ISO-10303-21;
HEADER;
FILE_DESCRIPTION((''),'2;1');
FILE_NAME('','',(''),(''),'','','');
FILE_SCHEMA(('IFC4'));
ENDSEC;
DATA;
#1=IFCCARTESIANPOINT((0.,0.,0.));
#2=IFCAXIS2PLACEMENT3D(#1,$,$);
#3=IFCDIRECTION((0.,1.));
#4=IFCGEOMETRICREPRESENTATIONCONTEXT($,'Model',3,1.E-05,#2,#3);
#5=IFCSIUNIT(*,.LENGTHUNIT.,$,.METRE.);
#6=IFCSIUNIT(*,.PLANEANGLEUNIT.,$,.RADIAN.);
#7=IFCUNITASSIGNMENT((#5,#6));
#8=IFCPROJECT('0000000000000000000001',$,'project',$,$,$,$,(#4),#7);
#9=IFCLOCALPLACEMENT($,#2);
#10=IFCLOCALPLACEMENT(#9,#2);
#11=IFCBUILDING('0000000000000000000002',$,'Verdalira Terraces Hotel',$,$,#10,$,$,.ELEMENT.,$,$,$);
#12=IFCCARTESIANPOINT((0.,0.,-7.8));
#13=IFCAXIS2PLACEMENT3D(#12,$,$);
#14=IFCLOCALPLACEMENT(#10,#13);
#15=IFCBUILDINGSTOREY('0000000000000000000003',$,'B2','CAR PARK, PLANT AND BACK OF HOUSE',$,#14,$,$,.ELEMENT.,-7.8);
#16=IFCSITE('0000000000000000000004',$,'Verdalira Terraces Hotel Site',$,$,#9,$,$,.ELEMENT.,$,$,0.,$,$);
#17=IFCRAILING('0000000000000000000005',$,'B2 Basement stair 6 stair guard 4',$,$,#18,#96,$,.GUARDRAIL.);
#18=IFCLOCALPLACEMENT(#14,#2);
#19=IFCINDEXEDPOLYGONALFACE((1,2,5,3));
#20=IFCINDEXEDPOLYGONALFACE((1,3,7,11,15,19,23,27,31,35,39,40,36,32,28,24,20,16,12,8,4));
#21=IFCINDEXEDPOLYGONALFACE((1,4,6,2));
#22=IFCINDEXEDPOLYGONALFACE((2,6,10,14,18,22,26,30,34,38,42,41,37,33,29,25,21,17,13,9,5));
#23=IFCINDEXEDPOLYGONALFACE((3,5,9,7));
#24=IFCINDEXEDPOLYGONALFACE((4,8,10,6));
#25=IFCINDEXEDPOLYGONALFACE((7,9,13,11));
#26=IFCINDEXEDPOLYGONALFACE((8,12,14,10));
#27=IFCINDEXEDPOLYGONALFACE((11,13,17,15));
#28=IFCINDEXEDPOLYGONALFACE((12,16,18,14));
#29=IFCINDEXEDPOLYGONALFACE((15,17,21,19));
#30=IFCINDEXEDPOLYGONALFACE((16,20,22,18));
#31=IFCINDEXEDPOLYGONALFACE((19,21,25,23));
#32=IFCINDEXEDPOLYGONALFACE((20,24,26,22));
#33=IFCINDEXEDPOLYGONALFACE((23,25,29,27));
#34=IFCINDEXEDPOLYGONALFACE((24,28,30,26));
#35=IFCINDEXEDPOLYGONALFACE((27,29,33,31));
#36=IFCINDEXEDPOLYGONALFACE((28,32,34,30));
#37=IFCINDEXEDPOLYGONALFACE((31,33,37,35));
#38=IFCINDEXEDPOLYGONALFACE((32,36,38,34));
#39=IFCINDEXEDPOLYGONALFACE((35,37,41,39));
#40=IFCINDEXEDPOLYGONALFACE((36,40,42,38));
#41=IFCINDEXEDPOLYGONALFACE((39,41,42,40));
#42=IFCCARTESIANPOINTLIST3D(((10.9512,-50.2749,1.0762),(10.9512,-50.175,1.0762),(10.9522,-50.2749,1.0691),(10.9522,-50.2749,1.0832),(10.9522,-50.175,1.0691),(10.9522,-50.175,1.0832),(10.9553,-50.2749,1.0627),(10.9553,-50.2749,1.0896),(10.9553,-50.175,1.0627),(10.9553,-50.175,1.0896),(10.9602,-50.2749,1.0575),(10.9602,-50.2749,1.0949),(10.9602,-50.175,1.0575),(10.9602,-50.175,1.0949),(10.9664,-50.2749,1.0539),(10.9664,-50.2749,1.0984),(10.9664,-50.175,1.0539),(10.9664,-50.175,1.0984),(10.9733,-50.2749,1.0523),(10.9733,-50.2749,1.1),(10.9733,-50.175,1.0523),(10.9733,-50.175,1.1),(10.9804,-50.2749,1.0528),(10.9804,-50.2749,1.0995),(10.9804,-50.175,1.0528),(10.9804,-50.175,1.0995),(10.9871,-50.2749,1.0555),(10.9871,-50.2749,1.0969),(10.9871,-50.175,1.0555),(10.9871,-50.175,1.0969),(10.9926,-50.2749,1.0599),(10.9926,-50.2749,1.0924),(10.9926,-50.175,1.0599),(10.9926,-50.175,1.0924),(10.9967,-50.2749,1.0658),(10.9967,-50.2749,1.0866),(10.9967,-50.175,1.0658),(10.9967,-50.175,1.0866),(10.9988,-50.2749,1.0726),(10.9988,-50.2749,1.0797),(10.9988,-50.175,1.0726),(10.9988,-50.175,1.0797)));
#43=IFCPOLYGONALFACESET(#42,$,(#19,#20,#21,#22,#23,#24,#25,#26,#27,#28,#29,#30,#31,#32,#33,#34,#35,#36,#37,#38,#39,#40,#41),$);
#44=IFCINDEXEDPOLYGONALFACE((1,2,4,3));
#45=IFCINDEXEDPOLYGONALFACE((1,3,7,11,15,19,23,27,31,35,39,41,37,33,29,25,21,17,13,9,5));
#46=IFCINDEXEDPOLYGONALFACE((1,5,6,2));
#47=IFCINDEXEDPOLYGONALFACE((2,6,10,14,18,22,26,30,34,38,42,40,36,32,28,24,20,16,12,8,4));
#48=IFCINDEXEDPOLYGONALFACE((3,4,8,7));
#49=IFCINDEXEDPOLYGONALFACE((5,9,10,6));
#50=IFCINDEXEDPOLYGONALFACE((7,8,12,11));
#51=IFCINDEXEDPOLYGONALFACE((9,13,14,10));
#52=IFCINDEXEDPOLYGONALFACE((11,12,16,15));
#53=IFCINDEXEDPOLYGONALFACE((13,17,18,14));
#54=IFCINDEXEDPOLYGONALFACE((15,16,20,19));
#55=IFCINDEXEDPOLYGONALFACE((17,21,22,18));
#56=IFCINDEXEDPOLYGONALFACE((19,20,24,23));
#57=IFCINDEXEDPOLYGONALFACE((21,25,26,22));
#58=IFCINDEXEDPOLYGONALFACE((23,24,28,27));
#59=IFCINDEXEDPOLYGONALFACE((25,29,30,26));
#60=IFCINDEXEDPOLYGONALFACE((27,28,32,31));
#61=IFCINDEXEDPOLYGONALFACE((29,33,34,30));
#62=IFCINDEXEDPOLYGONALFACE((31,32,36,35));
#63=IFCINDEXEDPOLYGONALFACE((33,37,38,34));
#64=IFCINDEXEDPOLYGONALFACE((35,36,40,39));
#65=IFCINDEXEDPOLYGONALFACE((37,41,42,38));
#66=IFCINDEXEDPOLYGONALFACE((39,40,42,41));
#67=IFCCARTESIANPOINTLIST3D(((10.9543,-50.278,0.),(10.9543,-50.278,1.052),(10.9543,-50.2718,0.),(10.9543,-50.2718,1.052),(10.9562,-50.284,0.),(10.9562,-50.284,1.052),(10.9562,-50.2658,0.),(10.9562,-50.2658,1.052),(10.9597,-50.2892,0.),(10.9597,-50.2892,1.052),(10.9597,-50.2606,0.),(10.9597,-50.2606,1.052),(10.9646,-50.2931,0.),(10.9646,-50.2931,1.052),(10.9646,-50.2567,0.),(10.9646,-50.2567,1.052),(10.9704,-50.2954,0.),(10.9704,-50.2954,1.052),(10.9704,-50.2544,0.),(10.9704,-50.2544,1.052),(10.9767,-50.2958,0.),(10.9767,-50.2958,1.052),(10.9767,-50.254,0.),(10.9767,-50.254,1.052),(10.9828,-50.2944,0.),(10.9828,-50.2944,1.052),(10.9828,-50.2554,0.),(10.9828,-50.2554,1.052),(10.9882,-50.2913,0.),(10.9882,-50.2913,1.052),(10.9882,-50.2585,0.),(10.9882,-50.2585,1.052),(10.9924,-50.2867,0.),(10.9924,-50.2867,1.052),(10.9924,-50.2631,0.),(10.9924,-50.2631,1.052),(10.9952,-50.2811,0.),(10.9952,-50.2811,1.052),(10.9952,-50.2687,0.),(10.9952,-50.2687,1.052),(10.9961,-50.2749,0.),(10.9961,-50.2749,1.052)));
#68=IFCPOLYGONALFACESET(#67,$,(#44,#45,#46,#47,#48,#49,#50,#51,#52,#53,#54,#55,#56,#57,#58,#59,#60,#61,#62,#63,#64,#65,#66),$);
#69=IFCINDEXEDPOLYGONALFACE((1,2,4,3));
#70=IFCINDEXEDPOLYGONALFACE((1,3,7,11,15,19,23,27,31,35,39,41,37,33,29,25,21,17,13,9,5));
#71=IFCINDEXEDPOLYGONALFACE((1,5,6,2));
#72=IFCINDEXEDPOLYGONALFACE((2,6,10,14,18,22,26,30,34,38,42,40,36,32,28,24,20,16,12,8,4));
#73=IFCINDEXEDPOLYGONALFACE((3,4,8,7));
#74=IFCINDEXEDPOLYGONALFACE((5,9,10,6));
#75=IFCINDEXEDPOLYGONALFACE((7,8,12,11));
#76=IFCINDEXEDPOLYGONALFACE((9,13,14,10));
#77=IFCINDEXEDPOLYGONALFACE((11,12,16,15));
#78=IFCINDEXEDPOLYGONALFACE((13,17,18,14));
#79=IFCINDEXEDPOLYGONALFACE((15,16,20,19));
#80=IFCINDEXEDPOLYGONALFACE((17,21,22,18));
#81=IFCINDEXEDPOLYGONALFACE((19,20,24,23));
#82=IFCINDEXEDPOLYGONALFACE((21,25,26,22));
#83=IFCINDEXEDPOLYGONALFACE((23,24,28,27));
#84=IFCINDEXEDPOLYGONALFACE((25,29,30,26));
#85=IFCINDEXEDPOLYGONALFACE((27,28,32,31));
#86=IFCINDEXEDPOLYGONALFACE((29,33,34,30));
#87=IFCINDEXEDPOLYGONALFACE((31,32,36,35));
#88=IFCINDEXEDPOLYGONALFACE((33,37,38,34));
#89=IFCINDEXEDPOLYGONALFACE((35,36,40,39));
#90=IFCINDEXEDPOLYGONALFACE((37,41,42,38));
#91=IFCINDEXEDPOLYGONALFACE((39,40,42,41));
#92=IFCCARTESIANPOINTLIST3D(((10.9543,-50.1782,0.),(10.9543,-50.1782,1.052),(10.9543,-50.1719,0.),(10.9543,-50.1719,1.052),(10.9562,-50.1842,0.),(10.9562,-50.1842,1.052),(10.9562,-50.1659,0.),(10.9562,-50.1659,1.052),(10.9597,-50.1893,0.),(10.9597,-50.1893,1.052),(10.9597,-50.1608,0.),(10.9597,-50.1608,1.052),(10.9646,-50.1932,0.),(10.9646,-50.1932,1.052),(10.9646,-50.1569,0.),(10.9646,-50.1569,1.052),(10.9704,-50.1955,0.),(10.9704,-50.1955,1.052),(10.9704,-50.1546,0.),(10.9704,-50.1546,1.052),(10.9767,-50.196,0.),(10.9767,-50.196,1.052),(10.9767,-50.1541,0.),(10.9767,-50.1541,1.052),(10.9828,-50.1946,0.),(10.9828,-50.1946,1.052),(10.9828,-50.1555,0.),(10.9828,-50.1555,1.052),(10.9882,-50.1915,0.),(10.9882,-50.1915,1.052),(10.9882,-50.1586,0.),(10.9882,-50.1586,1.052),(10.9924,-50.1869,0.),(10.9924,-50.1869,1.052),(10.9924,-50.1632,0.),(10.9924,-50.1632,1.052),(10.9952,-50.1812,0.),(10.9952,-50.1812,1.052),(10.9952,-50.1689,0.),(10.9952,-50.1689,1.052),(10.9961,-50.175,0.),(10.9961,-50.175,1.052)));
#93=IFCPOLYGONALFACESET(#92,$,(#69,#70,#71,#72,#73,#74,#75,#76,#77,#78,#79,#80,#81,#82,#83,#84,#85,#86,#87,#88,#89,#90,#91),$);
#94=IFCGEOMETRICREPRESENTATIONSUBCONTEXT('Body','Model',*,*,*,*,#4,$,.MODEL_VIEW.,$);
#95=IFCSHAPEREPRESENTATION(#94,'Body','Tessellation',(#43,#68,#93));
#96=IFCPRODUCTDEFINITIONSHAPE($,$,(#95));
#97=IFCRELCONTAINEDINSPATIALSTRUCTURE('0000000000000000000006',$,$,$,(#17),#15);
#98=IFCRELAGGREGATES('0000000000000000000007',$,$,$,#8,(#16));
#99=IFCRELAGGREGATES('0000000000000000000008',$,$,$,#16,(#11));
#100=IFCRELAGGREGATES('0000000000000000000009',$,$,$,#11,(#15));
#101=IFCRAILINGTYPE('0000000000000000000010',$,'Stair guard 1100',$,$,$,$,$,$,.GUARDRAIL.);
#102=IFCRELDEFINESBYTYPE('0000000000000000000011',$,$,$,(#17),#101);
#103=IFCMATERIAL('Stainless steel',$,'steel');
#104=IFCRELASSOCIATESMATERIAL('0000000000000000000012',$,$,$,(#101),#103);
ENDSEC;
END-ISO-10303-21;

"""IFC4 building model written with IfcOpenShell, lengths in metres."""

from ifc_helpers import new_model, si_unit, direction, frame, origin, origin_2d, place, context, subcontext, project, spatial, circle, extrude, material, type_object, element, save


model = new_model("IFC4")

# Units and contexts
model_context = context("Model", 3, precision=1e-05, world=origin(), true_north=direction((0.0, 1.0)))
body_context = subcontext(model_context, "Body", "Model", "MODEL_VIEW")
ifc_project = project(units=[si_unit("LENGTHUNIT", "METRE"), si_unit("PLANEANGLEUNIT", "RADIAN")], contexts=[model_context])

# Site, building, storey
site_placement = place(None, origin())
site = spatial("IfcSite", under=ifc_project, at=site_placement, Name="Verdalira Terraces Hotel Site", CompositionType="ELEMENT", RefElevation=0.0)
building_placement = place(site_placement, origin())
building = spatial("IfcBuilding", under=site, at=building_placement, Name="Verdalira Terraces Hotel", CompositionType="ELEMENT")
storey_placement = place(building_placement, frame((0.0, 0.0, -7.8)))
storey = spatial("IfcBuildingStorey", under=building, at=storey_placement, Name="B2", Description="CAR PARK, PLANT AND BACK OF HOUSE", CompositionType="ELEMENT", Elevation=-7.8)

# Railing
ifc_material_1 = material(Name="Stainless steel", Category="steel")
railing_type_1 = type_object("IfcRailingType", Name="Stair guard 1100", PredefinedType="GUARDRAIL", material=ifc_material_1)
railing_1_placement = place(storey_placement, frame((10.9751, -50.2749, 0.0)))
element("IfcRailing", 1, at=railing_1_placement, inside=storey, type_object=railing_type_1, Name="B2 Basement stair 6 stair guard 4", PredefinedType="GUARDRAIL", context=body_context, shape_type="SweptSolid", body=[
    extrude(circle(Radius=0.0239, at=origin_2d()), frame((0.0, 0.0, 1.0762), z_axis=(0.0, 1.0, 0.0), x_axis=(-1.0, 0.0, 0.0)), (0.0, 0.0, 1.0), 0.0999),
    extrude(circle(Radius=0.021, at=origin_2d()), origin(), (0.0, 0.0, 1.0), 1.052),
    extrude(circle(Radius=0.021, at=origin_2d()), frame((0.0, 0.0999, 0.0)), (0.0, 0.0, 1.0), 1.052),
])

save(model, "model.ifc")
